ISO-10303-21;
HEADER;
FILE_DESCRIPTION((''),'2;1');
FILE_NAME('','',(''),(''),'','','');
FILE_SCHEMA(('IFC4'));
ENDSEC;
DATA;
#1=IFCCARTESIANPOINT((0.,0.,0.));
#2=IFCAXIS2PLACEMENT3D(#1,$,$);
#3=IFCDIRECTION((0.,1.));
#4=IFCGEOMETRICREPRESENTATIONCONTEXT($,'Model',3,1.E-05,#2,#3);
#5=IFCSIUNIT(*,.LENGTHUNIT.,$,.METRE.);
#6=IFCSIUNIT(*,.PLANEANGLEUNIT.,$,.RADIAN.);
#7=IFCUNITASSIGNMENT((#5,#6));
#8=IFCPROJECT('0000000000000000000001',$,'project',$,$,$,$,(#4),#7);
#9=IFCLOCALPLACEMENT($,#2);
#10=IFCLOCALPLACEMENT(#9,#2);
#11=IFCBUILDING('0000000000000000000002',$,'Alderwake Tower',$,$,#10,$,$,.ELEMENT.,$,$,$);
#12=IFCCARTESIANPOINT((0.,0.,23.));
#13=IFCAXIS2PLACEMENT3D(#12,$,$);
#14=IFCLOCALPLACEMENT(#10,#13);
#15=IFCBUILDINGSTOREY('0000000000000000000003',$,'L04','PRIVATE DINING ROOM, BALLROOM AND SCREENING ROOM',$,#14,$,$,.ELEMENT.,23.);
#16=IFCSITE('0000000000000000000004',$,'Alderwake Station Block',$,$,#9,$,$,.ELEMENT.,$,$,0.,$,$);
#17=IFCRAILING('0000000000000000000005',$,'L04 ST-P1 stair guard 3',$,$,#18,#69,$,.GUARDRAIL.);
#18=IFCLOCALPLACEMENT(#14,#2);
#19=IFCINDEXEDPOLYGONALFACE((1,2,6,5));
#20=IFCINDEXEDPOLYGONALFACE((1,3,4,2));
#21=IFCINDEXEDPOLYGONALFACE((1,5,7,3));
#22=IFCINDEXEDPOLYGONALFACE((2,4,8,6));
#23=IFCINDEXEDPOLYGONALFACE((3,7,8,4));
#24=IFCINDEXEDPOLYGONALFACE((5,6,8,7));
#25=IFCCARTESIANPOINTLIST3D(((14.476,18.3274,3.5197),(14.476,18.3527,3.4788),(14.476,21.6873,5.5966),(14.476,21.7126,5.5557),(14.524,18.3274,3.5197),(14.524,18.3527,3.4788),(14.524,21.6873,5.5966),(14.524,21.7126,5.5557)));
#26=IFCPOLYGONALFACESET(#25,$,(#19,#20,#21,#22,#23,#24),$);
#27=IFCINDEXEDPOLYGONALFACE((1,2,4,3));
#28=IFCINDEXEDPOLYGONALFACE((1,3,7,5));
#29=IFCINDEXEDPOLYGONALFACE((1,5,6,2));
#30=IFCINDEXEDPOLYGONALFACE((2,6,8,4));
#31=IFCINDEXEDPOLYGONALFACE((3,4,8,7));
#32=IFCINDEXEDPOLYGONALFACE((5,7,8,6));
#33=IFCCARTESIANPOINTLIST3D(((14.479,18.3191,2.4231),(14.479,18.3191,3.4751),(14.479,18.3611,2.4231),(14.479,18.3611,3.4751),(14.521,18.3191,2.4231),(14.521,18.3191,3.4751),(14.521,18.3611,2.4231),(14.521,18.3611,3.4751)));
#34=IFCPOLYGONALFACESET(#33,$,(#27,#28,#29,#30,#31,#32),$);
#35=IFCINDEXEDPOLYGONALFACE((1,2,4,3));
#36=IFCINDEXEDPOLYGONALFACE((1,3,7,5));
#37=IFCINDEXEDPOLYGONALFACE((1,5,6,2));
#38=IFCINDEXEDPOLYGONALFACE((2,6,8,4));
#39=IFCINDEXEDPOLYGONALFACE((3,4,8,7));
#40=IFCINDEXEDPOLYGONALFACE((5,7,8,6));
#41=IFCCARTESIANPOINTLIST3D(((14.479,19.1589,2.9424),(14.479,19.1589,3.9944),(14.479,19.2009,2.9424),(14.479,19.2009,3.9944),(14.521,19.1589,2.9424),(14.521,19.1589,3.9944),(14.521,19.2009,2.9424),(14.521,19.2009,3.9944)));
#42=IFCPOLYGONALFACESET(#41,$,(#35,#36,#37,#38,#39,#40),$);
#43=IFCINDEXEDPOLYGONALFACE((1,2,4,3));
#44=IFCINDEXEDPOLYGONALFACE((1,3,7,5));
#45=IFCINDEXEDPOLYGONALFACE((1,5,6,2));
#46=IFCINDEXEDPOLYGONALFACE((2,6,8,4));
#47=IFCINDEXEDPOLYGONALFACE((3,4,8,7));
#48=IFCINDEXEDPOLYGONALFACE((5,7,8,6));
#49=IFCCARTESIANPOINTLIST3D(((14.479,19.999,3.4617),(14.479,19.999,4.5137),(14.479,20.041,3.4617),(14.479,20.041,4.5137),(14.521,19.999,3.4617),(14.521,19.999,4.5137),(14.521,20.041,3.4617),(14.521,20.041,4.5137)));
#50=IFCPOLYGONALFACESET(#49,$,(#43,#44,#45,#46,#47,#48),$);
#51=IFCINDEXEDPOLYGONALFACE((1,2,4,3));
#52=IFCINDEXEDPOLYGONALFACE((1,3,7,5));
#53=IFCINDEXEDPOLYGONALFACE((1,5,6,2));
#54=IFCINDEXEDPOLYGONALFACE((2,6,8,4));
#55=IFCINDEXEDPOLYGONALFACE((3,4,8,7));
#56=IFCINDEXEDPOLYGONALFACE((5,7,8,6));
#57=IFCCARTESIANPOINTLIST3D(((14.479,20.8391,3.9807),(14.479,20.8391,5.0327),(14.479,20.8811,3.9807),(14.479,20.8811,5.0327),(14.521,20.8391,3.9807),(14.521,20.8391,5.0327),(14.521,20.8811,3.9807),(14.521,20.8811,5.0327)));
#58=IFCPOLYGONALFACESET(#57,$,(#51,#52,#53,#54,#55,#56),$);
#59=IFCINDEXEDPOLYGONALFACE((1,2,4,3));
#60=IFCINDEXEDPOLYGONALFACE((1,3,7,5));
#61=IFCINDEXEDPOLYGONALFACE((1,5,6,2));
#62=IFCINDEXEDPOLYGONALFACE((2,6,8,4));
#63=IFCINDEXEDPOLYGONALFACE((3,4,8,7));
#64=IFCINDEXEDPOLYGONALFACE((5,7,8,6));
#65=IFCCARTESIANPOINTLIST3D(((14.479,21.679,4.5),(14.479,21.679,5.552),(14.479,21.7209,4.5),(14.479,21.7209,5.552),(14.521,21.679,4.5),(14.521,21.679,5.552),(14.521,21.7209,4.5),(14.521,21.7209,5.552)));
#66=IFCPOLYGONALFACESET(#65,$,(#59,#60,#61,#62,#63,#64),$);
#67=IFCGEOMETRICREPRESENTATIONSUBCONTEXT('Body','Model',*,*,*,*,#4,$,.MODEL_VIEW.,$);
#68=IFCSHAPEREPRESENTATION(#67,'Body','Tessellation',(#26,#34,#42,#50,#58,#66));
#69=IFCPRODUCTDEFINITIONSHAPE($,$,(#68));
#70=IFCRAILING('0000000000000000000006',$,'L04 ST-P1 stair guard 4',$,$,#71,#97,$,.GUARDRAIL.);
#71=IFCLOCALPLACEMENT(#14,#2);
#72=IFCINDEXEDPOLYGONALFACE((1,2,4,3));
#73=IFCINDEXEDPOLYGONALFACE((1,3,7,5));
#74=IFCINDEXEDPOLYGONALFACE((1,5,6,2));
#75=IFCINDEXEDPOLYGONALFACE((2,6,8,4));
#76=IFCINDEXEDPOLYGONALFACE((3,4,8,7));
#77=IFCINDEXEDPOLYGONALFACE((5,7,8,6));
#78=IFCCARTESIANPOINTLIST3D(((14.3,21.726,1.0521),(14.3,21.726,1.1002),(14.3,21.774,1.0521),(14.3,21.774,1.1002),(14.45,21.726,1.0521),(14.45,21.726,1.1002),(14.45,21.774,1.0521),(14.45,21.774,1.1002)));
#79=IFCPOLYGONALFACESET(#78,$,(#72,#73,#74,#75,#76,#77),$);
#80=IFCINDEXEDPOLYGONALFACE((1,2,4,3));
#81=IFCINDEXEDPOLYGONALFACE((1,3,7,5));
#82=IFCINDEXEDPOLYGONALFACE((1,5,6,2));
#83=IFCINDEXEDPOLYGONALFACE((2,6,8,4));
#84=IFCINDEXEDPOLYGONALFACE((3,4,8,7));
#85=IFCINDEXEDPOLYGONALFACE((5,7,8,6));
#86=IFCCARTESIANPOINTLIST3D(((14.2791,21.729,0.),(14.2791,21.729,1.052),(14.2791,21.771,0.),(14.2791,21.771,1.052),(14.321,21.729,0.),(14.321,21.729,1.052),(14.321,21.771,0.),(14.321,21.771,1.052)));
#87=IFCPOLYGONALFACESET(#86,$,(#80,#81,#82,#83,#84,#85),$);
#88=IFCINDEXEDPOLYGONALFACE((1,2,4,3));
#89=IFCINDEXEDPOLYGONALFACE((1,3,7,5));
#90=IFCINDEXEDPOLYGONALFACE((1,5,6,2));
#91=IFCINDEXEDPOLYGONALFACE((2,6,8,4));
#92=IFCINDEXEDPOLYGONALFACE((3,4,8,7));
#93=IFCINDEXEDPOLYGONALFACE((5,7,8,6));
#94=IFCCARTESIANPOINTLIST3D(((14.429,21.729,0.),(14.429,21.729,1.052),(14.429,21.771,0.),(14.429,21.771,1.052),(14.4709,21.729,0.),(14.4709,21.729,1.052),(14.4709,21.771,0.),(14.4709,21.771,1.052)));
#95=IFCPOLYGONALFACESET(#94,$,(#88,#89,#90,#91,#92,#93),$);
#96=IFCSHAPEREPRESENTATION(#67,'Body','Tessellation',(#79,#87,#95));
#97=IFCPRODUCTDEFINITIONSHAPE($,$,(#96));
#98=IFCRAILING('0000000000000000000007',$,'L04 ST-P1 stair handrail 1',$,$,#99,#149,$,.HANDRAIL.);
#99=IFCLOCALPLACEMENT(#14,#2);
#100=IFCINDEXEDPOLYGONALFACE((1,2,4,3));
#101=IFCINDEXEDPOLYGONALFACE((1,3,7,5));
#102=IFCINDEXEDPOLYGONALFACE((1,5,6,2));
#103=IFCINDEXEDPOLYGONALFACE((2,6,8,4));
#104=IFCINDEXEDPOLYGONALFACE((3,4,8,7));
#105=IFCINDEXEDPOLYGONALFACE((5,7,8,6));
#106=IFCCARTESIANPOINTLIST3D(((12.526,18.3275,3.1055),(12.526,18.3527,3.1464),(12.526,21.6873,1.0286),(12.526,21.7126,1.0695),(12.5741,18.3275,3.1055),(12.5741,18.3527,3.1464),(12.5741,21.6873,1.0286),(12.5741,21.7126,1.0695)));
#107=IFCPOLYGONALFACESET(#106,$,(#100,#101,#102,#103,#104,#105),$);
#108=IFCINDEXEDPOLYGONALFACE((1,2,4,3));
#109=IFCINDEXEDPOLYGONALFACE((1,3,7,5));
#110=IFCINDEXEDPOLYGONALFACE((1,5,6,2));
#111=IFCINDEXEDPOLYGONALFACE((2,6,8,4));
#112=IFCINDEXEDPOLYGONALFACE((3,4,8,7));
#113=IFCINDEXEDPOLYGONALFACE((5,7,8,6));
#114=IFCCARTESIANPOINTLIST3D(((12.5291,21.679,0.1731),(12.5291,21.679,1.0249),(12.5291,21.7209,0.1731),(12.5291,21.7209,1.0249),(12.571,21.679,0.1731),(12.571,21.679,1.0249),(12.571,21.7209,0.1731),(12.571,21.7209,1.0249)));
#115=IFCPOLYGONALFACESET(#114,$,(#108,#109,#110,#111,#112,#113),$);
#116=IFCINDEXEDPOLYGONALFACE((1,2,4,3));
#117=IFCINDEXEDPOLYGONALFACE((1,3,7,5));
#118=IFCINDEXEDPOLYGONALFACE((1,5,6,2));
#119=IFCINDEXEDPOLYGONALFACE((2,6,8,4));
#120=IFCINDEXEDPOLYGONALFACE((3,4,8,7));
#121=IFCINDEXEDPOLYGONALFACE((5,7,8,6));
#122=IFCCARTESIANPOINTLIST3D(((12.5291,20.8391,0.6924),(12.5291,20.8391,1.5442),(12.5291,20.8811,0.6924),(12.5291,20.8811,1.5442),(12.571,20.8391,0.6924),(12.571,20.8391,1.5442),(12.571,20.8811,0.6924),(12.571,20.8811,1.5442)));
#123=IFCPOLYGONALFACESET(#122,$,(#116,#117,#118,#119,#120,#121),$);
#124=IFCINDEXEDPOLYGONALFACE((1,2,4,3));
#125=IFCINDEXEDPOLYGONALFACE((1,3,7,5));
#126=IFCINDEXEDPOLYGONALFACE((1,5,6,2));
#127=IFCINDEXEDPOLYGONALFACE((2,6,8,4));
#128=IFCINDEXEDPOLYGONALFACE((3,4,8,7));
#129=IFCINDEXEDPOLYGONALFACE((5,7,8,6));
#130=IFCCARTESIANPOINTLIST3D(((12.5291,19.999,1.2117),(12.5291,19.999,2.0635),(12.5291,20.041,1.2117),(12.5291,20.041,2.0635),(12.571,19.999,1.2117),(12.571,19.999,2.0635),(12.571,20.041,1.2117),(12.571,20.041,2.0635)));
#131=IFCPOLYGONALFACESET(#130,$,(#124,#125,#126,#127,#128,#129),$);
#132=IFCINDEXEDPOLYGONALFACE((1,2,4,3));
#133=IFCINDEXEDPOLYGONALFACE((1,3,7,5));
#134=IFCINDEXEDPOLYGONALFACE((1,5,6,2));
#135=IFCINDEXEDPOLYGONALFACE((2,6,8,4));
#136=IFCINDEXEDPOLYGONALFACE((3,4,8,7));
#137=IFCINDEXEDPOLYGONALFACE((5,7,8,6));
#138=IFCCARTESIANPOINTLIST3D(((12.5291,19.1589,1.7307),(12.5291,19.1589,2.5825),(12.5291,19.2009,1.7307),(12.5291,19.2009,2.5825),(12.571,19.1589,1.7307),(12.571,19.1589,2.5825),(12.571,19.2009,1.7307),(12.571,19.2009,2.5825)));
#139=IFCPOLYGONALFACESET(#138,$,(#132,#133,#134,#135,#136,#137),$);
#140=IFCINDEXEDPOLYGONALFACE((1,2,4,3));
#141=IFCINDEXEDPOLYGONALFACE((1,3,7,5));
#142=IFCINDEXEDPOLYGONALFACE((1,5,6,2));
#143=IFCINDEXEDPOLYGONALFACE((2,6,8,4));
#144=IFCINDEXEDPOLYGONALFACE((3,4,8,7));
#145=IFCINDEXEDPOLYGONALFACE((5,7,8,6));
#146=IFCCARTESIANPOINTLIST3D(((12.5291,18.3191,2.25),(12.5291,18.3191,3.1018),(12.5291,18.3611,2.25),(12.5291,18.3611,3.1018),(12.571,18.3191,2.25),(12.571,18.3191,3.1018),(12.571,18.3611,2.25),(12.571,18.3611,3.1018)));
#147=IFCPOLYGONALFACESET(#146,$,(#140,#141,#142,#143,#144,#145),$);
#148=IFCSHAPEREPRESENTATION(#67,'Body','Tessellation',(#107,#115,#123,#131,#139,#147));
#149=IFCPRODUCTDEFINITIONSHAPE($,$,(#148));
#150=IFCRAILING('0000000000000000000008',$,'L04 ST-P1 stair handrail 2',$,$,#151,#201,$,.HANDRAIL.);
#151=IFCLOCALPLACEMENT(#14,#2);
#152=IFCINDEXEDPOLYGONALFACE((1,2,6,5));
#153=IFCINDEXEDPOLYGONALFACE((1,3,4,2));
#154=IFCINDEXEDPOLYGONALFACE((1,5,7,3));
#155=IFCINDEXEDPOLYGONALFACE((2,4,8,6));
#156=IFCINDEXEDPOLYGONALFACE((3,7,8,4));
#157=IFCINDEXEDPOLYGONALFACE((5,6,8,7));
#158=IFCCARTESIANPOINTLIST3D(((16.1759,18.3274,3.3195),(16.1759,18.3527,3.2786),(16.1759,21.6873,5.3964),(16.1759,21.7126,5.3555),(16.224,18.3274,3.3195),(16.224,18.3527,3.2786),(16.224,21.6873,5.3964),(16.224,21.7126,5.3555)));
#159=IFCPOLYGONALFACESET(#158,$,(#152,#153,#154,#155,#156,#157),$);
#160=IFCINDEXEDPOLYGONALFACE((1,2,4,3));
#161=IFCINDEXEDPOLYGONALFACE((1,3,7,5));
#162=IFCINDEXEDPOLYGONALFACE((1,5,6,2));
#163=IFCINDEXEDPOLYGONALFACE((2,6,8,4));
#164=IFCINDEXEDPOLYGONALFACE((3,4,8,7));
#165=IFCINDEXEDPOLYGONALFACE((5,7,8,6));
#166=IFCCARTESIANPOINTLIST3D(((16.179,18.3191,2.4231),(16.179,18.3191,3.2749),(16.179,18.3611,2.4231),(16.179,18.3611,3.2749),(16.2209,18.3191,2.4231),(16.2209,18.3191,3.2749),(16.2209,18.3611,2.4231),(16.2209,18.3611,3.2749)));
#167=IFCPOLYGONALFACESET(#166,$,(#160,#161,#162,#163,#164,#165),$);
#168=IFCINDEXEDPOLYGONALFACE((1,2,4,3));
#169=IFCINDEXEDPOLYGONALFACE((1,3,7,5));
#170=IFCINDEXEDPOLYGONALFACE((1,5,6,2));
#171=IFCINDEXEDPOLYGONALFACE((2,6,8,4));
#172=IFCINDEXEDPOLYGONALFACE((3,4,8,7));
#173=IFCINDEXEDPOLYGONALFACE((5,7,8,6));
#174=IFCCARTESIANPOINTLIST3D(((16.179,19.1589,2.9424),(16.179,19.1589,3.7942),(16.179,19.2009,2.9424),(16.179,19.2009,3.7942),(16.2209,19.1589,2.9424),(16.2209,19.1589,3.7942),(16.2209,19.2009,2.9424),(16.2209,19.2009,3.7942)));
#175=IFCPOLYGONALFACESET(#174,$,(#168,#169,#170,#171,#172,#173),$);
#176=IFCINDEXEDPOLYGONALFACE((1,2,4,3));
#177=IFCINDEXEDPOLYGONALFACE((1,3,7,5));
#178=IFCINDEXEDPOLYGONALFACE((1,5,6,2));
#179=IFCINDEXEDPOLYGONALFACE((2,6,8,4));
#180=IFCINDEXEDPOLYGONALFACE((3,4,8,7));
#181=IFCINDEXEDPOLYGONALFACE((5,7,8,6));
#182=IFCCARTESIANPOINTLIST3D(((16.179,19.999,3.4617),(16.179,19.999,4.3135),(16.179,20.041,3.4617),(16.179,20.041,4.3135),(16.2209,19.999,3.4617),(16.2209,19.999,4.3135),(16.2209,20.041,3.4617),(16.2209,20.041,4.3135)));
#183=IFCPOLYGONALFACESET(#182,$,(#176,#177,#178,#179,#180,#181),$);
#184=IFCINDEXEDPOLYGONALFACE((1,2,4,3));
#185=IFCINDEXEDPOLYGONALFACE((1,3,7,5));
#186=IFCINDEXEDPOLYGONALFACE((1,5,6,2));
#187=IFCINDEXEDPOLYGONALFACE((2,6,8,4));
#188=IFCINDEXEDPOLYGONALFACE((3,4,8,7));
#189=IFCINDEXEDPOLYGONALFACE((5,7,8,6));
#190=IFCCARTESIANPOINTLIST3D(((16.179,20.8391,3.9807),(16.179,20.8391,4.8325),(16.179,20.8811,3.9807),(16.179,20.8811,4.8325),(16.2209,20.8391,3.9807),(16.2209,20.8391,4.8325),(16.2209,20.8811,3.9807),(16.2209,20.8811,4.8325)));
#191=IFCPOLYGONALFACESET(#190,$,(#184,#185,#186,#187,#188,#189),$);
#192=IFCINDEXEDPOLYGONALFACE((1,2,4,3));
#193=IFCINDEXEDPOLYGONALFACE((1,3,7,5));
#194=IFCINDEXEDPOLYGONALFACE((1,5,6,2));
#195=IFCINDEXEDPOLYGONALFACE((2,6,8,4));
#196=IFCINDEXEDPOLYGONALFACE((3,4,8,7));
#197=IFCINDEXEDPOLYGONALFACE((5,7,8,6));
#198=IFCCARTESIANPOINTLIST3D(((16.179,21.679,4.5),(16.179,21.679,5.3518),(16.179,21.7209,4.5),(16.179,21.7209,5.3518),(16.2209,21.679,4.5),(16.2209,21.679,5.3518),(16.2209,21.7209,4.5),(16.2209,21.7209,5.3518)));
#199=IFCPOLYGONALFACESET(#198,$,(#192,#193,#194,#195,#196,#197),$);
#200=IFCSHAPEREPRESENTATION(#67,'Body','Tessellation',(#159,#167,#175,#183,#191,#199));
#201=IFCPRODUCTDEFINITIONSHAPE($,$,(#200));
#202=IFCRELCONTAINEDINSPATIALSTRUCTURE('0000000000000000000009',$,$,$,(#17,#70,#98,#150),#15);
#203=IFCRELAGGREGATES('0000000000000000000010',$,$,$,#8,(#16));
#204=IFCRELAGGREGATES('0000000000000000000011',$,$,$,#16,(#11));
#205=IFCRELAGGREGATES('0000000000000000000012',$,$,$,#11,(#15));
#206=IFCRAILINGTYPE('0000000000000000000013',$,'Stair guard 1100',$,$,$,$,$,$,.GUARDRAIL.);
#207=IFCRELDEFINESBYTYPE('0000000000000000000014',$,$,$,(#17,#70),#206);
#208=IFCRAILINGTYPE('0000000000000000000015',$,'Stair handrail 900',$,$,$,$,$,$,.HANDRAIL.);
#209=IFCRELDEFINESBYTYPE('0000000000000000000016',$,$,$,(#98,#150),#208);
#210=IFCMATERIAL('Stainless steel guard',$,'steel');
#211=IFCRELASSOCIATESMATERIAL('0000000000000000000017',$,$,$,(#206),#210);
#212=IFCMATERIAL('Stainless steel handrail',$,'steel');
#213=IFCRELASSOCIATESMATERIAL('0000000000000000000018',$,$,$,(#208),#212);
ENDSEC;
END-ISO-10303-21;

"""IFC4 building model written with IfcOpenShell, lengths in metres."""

from ifc_helpers import new_model, si_unit, direction, frame, origin, origin_with_axes, origin_2d, place, context, subcontext, project, spatial, rectangle, extrude, material, type_object, element, save


model = new_model("IFC4")

# Units and contexts
model_context = context("Model", 3, precision=1e-05, world=origin(), true_north=direction((0.0, 1.0)))
body_context = subcontext(model_context, "Body", "Model", "MODEL_VIEW")
ifc_project = project(units=[si_unit("LENGTHUNIT", "METRE"), si_unit("PLANEANGLEUNIT", "RADIAN")], contexts=[model_context])

# Site, building, storey
site_placement = place(None, origin())
site = spatial("IfcSite", under=ifc_project, at=site_placement, Name="Alderwake Station Block", CompositionType="ELEMENT", RefElevation=0.0)
building_placement = place(site_placement, origin())
building = spatial("IfcBuilding", under=site, at=building_placement, Name="Alderwake Tower", CompositionType="ELEMENT")
storey_placement = place(building_placement, frame((0.0, 0.0, 23.0)))
storey = spatial("IfcBuildingStorey", under=building, at=storey_placement, Name="L04", Description="PRIVATE DINING ROOM, BALLROOM AND SCREENING ROOM", CompositionType="ELEMENT", Elevation=23.0)

# Railings
ifc_material_1 = material(Name="Stainless steel guard", Category="steel")
railing_type_1 = type_object("IfcRailingType", Name="Stair guard 1100", PredefinedType="GUARDRAIL", material=ifc_material_1)
railing_1_placement = place(storey_placement, frame((14.5, 18.3401, 2.4231)))
element("IfcRailing", 1, at=railing_1_placement, inside=storey, type_object=railing_type_1, Name="L04 ST-P1 stair guard 3", PredefinedType="GUARDRAIL", context=body_context, shape_type="SweptSolid", body=[
    extrude(rectangle(XDim=0.0481, YDim=0.0481, at=origin_2d()), frame((0.0, 0.0, 1.0762), z_axis=(0.0, 0.850606, 0.525803), x_axis=(-1.0, 0.0, 0.0)), (0.0, 0.0, 1.0), 3.95),
    extrude(rectangle(XDim=0.042, YDim=0.042, at=origin_2d()), frame((0.0, 0.0, 0.0), z_axis=(0.0, 0.0, 1.0), x_axis=(0.0, 1.0, 0.0)), (0.0, 0.0, 1.0), 1.052),
    extrude(rectangle(XDim=0.042, YDim=0.042, at=origin_2d()), frame((0.0, 0.8398, 0.5193), z_axis=(0.0, 0.0, 1.0), x_axis=(0.0, 1.0, 0.0)), (0.0, 0.0, 1.0), 1.052),
    extrude(rectangle(XDim=0.042, YDim=0.042, at=origin_2d()), frame((0.0, 1.6799, 1.0386), z_axis=(0.0, 0.0, 1.0), x_axis=(0.0, 1.0, 0.0)), (0.0, 0.0, 1.0), 1.052),
    extrude(rectangle(XDim=0.042, YDim=0.042, at=origin_2d()), frame((0.0, 2.52, 1.5576), z_axis=(0.0, 0.0, 1.0), x_axis=(0.0, 1.0, 0.0)), (0.0, 0.0, 1.0), 1.052),
    extrude(rectangle(XDim=0.042, YDim=0.042, at=origin_2d()), frame((0.0, 3.3599, 2.0769), z_axis=(0.0, 0.0, 1.0), x_axis=(0.0, 1.0, 0.0)), (0.0, 0.0, 1.0), 1.052),
])
railing_2_placement = place(storey_placement, frame((14.3, 21.75, 0.0)))
element("IfcRailing", 2, at=railing_2_placement, inside=storey, type_object=railing_type_1, Name="L04 ST-P1 stair guard 4", PredefinedType="GUARDRAIL", context=body_context, shape_type="SweptSolid", body=[
    extrude(rectangle(XDim=0.0481, YDim=0.0481, at=origin_2d()), frame((0.0, 0.0, 1.0762), z_axis=(1.0, 0.0, 0.0), x_axis=(0.0, 1.0, 0.0)), (0.0, 0.0, 1.0), 0.1499),
    extrude(rectangle(XDim=0.042, YDim=0.042, at=origin_2d()), origin_with_axes(), (0.0, 0.0, 1.0), 1.052),
    extrude(rectangle(XDim=0.042, YDim=0.042, at=origin_2d()), frame((0.1499, 0.0, 0.0), z_axis=(0.0, 0.0, 1.0), x_axis=(1.0, 0.0, 0.0)), (0.0, 0.0, 1.0), 1.052),
])
ifc_material_2 = material(Name="Stainless steel handrail", Category="steel")
railing_type_2 = type_object("IfcRailingType", Name="Stair handrail 900", PredefinedType="HANDRAIL", material=ifc_material_2)
railing_3_placement = place(storey_placement, frame((12.55, 21.7, 0.1731)))
element("IfcRailing", 3, at=railing_3_placement, inside=storey, type_object=railing_type_2, Name="L04 ST-P1 stair handrail 1", PredefinedType="HANDRAIL", context=body_context, shape_type="SweptSolid", body=[
    extrude(rectangle(XDim=0.0481, YDim=0.0481, at=origin_2d()), frame((0.0, 0.0, 0.876), z_axis=(0.0, -0.850606, 0.525803), x_axis=(1.0, 0.0, 0.0)), (0.0, 0.0, 1.0), 3.95),
    extrude(rectangle(XDim=0.042, YDim=0.042, at=origin_2d()), frame((0.0, 0.0, 0.0), z_axis=(0.0, 0.0, 1.0), x_axis=(0.0, -1.0, 0.0)), (0.0, 0.0, 1.0), 0.8518),
    extrude(rectangle(XDim=0.042, YDim=0.042, at=origin_2d()), frame((0.0, -0.8398, 0.5193), z_axis=(0.0, 0.0, 1.0), x_axis=(0.0, -1.0, 0.0)), (0.0, 0.0, 1.0), 0.8518),
    extrude(rectangle(XDim=0.042, YDim=0.042, at=origin_2d()), frame((0.0, -1.6799, 1.0386), z_axis=(0.0, 0.0, 1.0), x_axis=(0.0, -1.0, 0.0)), (0.0, 0.0, 1.0), 0.8518),
    extrude(rectangle(XDim=0.042, YDim=0.042, at=origin_2d()), frame((0.0, -2.52, 1.5576), z_axis=(0.0, 0.0, 1.0), x_axis=(0.0, -1.0, 0.0)), (0.0, 0.0, 1.0), 0.8518),
    extrude(rectangle(XDim=0.042, YDim=0.042, at=origin_2d()), frame((0.0, -3.3599, 2.0769), z_axis=(0.0, 0.0, 1.0), x_axis=(0.0, -1.0, 0.0)), (0.0, 0.0, 1.0), 0.8518),
])
railing_4_placement = place(storey_placement, frame((16.2, 18.3401, 2.4231)))
element("IfcRailing", 4, at=railing_4_placement, inside=storey, type_object=railing_type_2, Name="L04 ST-P1 stair handrail 2", PredefinedType="HANDRAIL", context=body_context, shape_type="SweptSolid", body=[
    extrude(rectangle(XDim=0.0481, YDim=0.0481, at=origin_2d()), frame((0.0, 0.0, 0.876), z_axis=(0.0, 0.850606, 0.525803), x_axis=(-1.0, 0.0, 0.0)), (0.0, 0.0, 1.0), 3.95),
    extrude(rectangle(XDim=0.042, YDim=0.042, at=origin_2d()), frame((0.0, 0.0, 0.0), z_axis=(0.0, 0.0, 1.0), x_axis=(0.0, 1.0, 0.0)), (0.0, 0.0, 1.0), 0.8518),
    extrude(rectangle(XDim=0.042, YDim=0.042, at=origin_2d()), frame((0.0, 0.8398, 0.5193), z_axis=(0.0, 0.0, 1.0), x_axis=(0.0, 1.0, 0.0)), (0.0, 0.0, 1.0), 0.8518),
    extrude(rectangle(XDim=0.042, YDim=0.042, at=origin_2d()), frame((0.0, 1.6799, 1.0386), z_axis=(0.0, 0.0, 1.0), x_axis=(0.0, 1.0, 0.0)), (0.0, 0.0, 1.0), 0.8518),
    extrude(rectangle(XDim=0.042, YDim=0.042, at=origin_2d()), frame((0.0, 2.52, 1.5576), z_axis=(0.0, 0.0, 1.0), x_axis=(0.0, 1.0, 0.0)), (0.0, 0.0, 1.0), 0.8518),
    extrude(rectangle(XDim=0.042, YDim=0.042, at=origin_2d()), frame((0.0, 3.3599, 2.0769), z_axis=(0.0, 0.0, 1.0), x_axis=(0.0, 1.0, 0.0)), (0.0, 0.0, 1.0), 0.8518),
])

save(model, "model.ifc")
